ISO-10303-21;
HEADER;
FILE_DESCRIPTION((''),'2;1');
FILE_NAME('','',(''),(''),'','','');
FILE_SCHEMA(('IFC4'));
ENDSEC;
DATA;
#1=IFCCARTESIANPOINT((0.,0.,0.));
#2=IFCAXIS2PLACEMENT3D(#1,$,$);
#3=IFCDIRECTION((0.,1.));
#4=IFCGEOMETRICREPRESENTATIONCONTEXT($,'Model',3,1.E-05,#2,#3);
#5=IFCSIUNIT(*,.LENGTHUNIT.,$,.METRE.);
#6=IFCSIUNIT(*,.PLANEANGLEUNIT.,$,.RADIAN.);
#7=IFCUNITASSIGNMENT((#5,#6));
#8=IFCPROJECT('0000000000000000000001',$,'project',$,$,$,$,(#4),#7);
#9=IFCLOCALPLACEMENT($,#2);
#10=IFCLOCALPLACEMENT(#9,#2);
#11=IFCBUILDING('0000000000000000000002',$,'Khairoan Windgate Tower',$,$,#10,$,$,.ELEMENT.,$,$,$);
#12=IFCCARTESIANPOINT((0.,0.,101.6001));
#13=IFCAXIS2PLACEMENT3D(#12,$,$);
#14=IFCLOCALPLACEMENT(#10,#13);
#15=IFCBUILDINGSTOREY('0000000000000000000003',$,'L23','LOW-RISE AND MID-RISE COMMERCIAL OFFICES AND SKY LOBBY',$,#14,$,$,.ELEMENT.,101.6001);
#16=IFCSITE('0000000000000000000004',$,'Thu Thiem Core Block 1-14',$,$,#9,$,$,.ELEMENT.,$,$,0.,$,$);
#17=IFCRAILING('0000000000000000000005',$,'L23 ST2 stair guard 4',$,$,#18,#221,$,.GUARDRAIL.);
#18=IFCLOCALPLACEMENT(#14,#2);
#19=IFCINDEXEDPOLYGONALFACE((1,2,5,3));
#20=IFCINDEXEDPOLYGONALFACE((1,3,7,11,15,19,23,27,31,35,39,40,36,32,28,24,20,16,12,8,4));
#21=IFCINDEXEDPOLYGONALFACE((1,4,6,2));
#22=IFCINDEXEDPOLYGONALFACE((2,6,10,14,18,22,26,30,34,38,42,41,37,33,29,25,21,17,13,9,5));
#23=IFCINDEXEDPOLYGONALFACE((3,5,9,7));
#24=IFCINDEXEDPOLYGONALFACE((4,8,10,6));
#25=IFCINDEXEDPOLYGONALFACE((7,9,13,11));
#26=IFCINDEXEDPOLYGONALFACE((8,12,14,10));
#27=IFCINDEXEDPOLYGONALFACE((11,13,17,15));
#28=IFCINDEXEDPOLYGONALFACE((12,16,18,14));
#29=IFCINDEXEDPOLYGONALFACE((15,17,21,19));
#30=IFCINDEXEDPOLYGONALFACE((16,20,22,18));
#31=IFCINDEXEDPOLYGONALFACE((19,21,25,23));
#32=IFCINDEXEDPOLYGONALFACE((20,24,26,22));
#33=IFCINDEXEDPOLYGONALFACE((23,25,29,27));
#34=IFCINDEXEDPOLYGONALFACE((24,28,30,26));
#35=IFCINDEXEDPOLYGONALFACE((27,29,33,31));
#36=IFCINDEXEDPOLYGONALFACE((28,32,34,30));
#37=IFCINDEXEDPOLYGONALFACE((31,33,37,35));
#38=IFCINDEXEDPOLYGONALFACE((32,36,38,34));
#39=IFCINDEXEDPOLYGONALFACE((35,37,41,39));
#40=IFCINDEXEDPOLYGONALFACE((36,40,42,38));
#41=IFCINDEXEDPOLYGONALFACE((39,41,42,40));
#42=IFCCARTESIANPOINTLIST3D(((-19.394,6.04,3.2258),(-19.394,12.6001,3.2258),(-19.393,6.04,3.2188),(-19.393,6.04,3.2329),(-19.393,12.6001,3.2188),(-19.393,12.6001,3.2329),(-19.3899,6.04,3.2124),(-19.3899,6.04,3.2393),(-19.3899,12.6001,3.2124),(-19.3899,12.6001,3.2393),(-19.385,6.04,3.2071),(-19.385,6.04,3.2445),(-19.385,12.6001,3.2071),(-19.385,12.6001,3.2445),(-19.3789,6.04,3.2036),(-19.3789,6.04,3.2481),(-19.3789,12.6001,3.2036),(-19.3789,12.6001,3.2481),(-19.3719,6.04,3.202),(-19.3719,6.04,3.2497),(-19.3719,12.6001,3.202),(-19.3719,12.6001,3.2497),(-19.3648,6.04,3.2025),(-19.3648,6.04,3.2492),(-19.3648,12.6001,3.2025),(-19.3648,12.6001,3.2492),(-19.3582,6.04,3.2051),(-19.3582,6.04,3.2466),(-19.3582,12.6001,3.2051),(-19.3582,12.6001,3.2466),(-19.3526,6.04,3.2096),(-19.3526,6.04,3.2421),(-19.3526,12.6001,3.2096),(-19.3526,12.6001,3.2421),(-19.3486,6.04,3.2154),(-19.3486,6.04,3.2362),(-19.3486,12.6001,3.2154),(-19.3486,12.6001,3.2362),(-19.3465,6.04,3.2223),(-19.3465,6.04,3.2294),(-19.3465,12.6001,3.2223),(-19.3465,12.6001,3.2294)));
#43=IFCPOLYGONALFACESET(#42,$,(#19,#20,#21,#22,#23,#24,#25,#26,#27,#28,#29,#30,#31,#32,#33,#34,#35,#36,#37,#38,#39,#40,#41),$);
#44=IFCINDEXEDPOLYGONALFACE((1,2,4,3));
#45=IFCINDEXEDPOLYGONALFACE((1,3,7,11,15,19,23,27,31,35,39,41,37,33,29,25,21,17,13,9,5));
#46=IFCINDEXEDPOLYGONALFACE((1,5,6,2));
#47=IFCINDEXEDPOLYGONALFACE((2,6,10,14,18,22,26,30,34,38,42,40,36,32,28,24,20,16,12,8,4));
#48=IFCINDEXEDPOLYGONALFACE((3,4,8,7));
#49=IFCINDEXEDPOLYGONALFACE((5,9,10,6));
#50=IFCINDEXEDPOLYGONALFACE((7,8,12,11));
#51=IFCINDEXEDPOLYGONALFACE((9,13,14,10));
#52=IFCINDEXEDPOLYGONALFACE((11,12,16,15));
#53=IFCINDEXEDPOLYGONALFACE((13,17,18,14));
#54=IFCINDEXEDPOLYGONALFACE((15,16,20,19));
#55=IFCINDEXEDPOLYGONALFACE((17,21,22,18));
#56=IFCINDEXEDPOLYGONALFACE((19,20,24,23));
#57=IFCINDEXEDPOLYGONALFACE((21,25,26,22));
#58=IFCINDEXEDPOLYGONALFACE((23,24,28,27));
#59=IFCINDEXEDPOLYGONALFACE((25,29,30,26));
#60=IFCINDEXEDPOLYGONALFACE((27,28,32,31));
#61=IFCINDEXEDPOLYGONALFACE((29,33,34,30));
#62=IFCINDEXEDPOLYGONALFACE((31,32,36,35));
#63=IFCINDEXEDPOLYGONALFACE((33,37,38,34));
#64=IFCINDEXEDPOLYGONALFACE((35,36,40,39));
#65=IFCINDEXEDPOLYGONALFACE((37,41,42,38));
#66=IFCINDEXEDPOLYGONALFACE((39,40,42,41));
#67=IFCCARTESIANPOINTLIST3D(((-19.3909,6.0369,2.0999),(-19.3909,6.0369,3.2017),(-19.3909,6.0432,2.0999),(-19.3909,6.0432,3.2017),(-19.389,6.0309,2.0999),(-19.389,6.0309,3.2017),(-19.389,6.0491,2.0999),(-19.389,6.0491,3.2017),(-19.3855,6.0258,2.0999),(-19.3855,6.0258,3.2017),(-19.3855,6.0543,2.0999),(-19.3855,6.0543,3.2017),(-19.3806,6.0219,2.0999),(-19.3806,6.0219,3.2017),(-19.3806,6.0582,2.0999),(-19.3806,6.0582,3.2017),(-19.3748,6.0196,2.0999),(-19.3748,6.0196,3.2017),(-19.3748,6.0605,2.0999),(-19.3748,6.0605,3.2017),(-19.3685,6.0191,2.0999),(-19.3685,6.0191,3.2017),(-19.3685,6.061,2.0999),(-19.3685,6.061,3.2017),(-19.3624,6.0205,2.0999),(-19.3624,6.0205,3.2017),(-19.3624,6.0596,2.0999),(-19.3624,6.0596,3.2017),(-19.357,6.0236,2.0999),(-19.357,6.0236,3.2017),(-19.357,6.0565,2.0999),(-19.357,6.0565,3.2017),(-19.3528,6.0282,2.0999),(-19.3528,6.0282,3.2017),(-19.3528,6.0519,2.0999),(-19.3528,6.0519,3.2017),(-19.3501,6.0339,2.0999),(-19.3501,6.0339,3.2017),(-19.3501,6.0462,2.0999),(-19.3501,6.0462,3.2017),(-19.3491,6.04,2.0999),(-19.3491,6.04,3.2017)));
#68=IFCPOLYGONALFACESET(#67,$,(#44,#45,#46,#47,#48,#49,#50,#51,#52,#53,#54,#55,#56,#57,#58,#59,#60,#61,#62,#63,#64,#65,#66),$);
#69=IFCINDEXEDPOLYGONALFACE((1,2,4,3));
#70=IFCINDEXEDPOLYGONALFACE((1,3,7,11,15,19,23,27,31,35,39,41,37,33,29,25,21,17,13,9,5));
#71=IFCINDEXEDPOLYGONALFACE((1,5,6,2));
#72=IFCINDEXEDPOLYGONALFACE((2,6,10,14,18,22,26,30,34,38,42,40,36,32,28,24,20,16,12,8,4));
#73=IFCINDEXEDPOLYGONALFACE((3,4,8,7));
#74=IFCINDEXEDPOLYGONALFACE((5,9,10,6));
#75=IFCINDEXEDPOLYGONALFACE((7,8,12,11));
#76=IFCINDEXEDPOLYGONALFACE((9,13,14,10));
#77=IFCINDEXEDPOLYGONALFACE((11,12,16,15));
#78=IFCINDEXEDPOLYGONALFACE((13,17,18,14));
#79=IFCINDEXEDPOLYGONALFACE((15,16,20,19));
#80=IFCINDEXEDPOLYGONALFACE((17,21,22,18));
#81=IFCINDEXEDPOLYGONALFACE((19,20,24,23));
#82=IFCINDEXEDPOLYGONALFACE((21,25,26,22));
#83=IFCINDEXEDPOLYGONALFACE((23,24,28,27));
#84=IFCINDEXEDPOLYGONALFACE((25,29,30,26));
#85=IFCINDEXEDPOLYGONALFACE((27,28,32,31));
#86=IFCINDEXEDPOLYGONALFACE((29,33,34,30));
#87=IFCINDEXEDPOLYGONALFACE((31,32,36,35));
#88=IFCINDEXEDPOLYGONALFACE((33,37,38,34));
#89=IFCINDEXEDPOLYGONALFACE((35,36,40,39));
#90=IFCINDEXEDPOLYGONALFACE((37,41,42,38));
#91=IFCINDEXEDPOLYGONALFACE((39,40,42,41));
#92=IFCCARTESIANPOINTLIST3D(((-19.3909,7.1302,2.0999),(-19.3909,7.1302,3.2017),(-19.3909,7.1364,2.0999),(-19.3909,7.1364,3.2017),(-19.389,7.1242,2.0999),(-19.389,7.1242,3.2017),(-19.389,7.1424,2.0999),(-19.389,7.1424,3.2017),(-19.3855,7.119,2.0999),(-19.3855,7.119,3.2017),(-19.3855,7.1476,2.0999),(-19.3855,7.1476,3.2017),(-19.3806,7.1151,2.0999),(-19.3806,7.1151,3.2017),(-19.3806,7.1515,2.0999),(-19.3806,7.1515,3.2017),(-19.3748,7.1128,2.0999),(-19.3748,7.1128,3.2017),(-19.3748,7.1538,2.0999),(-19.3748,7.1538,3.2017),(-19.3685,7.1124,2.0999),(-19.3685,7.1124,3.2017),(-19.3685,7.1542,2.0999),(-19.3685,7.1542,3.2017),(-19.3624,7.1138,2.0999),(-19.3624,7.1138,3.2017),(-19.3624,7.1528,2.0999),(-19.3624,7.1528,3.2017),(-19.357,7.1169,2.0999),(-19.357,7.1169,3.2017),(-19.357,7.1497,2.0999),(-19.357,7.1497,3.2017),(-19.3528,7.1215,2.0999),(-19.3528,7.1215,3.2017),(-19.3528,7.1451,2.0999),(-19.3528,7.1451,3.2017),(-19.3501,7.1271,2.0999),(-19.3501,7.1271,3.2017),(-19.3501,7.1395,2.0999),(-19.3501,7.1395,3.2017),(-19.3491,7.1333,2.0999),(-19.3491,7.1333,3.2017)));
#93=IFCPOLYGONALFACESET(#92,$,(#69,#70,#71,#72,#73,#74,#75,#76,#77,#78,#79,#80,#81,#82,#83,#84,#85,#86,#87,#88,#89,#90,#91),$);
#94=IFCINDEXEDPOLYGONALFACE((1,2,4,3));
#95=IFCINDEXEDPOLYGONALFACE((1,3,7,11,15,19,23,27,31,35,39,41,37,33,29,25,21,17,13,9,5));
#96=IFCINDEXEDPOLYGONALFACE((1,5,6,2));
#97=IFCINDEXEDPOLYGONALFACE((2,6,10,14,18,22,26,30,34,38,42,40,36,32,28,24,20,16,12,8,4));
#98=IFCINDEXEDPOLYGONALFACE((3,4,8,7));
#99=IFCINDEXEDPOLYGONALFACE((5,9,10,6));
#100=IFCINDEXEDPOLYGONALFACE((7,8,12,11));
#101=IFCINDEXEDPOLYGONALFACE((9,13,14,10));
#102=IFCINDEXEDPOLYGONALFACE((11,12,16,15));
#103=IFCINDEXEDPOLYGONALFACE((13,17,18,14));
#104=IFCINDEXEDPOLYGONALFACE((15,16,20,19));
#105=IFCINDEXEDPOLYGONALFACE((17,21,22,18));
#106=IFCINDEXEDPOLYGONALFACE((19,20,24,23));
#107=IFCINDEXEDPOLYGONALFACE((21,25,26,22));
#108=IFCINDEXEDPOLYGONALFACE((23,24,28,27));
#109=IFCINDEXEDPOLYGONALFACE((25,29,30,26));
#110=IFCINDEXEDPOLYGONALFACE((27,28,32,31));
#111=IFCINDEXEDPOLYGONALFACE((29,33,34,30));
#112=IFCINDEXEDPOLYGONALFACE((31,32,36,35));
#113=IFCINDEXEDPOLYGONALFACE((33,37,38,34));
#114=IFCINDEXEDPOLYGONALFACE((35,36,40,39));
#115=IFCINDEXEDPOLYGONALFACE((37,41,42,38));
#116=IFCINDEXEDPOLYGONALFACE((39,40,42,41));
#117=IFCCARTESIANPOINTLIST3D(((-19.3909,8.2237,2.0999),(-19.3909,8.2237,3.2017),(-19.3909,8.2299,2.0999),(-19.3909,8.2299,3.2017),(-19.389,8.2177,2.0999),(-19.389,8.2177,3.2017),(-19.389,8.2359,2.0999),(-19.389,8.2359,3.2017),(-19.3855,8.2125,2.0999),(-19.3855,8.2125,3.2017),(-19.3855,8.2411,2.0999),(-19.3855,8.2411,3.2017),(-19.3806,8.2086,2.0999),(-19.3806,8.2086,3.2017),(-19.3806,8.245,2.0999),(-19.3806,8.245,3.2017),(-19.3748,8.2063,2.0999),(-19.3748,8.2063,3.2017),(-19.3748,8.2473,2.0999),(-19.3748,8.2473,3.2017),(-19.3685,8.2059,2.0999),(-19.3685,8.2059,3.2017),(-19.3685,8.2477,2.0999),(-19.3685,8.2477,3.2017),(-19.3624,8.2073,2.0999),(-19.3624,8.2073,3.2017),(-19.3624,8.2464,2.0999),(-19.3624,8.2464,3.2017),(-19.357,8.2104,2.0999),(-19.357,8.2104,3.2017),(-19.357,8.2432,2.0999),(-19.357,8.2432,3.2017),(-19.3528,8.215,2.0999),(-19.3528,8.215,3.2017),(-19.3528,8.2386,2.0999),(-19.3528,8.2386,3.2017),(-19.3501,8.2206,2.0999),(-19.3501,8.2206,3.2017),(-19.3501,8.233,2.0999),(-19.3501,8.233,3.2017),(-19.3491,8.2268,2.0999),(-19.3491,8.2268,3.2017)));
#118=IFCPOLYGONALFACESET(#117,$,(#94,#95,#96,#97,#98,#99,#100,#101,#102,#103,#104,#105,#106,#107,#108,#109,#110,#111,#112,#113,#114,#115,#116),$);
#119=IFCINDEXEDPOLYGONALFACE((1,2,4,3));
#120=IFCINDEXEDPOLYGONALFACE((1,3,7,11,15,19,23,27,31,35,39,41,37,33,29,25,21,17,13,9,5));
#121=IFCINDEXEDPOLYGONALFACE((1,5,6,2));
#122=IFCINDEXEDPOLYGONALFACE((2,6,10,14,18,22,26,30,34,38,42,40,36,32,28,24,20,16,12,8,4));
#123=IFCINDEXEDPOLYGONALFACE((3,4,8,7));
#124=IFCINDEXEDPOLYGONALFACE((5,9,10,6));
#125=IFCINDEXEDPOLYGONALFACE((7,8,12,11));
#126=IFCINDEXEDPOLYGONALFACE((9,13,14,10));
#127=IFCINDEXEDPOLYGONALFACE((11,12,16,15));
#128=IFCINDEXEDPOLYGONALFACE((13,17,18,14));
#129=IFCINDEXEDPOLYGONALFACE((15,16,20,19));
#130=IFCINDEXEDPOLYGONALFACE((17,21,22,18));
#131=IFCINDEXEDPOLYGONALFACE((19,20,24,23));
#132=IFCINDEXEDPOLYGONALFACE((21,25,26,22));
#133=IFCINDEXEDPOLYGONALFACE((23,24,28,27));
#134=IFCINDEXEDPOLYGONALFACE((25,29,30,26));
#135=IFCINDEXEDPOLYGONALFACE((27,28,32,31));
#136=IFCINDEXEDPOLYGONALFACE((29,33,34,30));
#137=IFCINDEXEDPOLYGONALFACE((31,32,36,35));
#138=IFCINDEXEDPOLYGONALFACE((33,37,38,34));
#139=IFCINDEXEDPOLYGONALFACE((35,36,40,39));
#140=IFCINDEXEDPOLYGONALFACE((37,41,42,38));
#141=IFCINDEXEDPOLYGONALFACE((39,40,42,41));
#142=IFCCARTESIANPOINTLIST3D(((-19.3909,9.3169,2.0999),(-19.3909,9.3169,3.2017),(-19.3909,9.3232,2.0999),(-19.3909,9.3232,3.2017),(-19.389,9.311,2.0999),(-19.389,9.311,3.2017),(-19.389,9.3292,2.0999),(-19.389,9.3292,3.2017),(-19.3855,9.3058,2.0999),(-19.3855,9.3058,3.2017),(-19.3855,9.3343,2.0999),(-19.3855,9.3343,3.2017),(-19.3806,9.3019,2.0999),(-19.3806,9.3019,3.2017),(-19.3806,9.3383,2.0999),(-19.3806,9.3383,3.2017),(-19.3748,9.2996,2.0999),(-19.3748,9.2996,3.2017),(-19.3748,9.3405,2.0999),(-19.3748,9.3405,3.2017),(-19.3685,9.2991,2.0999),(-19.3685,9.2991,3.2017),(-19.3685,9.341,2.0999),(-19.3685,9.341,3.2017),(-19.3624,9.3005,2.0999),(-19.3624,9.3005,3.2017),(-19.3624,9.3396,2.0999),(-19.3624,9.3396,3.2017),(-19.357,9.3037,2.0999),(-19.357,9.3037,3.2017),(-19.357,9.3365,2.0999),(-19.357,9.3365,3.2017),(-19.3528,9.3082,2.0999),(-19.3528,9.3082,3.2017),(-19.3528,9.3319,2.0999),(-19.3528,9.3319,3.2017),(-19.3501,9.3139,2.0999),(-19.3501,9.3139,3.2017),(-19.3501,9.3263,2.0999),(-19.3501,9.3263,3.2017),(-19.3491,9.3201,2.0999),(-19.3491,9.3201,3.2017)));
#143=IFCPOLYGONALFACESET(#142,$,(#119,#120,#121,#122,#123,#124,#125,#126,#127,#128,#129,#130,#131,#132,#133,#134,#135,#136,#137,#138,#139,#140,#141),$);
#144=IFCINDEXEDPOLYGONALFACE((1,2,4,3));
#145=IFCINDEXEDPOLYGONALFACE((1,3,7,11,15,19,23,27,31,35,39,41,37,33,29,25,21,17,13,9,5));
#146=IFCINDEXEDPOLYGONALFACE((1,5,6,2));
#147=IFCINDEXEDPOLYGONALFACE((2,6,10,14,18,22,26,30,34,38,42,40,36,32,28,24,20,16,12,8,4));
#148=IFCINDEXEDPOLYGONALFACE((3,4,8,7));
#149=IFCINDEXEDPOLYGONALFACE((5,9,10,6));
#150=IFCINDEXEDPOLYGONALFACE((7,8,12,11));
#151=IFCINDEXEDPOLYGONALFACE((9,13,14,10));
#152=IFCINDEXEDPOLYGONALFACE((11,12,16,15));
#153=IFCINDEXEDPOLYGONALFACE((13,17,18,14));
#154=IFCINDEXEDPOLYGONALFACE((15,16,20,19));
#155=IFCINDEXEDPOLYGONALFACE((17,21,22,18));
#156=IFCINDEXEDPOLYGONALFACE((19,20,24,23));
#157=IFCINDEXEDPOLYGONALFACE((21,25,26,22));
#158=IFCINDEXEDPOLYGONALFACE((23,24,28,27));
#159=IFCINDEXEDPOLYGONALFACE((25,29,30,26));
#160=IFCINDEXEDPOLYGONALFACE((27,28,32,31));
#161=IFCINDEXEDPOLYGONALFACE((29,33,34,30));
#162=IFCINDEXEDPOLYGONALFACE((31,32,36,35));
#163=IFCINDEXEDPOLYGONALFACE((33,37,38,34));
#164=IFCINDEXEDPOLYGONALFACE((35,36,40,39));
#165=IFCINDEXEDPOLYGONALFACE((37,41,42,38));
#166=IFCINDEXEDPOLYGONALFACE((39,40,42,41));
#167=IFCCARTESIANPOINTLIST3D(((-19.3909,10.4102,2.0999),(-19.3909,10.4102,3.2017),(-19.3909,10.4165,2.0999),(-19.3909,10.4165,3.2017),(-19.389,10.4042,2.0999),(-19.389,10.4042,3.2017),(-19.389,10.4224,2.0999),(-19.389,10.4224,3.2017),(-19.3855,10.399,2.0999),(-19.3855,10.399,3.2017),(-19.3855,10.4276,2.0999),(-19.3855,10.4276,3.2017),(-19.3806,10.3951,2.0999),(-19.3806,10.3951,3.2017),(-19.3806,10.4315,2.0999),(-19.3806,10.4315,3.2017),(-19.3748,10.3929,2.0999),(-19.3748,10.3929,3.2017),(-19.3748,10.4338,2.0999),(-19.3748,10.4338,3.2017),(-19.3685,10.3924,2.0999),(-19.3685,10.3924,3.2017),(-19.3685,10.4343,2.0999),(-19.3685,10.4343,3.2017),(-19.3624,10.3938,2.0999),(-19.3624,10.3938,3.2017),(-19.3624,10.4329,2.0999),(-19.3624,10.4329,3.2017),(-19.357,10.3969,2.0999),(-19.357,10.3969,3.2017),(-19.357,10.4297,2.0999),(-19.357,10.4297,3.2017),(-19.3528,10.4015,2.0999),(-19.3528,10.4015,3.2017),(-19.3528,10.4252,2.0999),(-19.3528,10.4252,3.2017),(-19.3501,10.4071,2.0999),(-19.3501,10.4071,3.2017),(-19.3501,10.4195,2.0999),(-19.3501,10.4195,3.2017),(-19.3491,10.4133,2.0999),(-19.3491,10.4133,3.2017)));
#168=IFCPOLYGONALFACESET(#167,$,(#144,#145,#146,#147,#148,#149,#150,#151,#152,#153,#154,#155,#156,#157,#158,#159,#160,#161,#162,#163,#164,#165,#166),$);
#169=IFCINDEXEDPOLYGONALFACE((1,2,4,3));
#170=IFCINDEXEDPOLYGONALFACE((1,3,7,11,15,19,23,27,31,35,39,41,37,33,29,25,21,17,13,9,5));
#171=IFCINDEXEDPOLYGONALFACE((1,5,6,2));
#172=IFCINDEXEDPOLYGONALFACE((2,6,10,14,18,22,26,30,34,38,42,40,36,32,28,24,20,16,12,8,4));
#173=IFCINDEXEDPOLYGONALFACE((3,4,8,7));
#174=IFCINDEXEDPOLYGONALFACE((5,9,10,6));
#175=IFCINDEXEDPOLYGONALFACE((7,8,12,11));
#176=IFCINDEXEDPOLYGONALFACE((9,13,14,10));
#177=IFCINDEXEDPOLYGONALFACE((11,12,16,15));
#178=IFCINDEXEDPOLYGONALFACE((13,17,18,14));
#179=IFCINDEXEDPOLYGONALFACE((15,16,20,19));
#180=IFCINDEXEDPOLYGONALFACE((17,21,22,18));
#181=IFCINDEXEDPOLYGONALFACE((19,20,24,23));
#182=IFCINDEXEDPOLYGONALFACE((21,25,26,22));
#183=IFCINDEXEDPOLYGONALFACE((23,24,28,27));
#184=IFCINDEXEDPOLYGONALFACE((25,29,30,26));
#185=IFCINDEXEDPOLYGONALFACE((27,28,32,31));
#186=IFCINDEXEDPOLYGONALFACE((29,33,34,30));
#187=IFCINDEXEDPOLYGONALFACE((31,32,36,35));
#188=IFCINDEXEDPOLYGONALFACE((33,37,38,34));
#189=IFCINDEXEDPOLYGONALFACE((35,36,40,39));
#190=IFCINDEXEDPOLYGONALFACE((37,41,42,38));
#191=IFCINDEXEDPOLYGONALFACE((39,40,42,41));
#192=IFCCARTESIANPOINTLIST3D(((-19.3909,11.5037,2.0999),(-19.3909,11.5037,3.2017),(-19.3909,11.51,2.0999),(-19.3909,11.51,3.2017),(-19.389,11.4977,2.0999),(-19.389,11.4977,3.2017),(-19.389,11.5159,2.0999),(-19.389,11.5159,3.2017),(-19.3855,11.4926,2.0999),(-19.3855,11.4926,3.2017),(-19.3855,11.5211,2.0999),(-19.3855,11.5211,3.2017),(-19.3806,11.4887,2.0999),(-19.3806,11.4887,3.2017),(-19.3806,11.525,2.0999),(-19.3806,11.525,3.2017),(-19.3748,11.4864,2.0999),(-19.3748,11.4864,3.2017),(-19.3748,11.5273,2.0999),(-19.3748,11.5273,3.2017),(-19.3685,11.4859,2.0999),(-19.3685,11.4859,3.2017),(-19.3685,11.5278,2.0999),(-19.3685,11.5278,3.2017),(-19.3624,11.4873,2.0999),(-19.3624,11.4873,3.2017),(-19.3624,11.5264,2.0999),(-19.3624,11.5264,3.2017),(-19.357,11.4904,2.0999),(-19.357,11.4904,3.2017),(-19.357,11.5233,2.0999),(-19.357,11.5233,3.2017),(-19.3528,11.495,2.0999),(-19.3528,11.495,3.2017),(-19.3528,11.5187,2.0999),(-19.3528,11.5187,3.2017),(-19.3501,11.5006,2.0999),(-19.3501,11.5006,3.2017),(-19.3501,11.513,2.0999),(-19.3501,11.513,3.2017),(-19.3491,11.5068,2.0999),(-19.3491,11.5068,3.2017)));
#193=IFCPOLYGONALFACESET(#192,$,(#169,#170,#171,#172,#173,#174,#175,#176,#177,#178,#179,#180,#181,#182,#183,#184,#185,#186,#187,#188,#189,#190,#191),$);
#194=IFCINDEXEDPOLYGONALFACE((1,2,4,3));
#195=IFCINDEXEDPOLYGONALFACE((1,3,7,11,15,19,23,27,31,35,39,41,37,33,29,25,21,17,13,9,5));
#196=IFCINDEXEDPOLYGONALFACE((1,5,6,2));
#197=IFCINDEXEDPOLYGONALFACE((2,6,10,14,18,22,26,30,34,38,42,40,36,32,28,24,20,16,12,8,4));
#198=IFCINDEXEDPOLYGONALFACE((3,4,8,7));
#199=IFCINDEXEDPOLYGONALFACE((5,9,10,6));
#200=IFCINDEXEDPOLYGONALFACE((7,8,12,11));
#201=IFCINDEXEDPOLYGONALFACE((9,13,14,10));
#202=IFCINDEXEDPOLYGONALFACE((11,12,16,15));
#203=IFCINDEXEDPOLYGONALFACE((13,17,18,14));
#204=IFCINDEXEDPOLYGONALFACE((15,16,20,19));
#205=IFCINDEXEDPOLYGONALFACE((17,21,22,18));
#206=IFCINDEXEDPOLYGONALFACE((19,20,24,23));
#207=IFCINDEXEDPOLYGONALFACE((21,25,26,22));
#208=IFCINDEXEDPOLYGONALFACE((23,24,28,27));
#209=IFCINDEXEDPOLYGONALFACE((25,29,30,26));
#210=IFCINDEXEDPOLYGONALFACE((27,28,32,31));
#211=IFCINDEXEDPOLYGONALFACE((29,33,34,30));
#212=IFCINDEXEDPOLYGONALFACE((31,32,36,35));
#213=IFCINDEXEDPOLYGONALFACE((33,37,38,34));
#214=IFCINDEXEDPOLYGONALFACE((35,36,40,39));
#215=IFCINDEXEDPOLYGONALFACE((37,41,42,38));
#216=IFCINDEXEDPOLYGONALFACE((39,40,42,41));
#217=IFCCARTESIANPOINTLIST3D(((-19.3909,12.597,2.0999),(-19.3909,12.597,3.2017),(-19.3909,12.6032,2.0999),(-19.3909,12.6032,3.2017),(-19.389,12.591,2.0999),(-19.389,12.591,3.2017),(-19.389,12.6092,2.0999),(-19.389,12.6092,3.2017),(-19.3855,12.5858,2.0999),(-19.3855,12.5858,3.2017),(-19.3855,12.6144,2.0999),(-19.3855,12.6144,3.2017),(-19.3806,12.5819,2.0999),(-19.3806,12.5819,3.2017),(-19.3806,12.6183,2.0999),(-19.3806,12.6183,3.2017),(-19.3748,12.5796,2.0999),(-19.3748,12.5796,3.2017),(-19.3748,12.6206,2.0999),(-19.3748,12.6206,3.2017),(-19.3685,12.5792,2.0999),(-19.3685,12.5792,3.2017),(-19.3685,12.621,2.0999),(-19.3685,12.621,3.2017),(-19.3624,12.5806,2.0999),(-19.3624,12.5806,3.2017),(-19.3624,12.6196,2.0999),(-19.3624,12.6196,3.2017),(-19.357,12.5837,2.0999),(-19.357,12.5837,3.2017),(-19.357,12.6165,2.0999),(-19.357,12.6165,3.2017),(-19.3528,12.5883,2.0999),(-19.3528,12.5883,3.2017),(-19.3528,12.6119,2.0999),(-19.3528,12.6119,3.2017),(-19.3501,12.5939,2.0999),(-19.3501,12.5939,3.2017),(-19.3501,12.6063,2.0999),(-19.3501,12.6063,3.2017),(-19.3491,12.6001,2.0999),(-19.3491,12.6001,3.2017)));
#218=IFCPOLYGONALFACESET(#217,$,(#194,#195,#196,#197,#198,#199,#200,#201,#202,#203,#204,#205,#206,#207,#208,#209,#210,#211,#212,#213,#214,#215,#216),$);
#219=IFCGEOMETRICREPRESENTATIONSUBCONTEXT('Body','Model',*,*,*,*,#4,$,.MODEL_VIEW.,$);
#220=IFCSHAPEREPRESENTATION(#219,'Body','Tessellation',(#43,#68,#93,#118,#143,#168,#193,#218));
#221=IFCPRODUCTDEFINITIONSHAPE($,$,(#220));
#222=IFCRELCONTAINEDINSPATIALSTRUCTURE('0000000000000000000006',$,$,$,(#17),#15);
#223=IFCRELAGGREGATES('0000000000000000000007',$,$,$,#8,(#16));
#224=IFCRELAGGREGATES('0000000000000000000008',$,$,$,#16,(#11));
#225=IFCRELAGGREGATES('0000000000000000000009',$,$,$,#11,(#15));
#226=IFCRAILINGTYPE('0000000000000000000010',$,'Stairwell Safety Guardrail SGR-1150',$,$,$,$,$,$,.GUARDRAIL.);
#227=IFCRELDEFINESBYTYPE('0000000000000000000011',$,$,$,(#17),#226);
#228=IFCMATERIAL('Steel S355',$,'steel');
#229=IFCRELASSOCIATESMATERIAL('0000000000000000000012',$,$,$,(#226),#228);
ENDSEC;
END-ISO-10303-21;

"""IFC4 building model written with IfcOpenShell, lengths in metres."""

from ifc_helpers import new_model, si_unit, direction, frame, origin, origin_2d, place, context, subcontext, project, spatial, circle, extrude, material, type_object, element, save


model = new_model("IFC4")

# Units and contexts
model_context = context("Model", 3, precision=1e-05, world=origin(), true_north=direction((0.0, 1.0)))
body_context = subcontext(model_context, "Body", "Model", "MODEL_VIEW")
ifc_project = project(units=[si_unit("LENGTHUNIT", "METRE"), si_unit("PLANEANGLEUNIT", "RADIAN")], contexts=[model_context])

# Site, building, storey
site_placement = place(None, origin())
site = spatial("IfcSite", under=ifc_project, at=site_placement, Name="Thu Thiem Core Block 1-14", CompositionType="ELEMENT", RefElevation=0.0)
building_placement = place(site_placement, origin())
building = spatial("IfcBuilding", under=site, at=building_placement, Name="Khairoan Windgate Tower", CompositionType="ELEMENT")
storey_placement = place(building_placement, frame((0.0, 0.0, 101.6001)))
storey = spatial("IfcBuildingStorey", under=building, at=storey_placement, Name="L23", Description="LOW-RISE AND MID-RISE COMMERCIAL OFFICES AND SKY LOBBY", CompositionType="ELEMENT", Elevation=101.6001)

# Railing
ifc_material_1 = material(Name="Steel S355", Category="steel")
railing_type_1 = type_object("IfcRailingType", Name="Stairwell Safety Guardrail SGR-1150", PredefinedType="GUARDRAIL", material=ifc_material_1)
railing_1_placement = place(storey_placement, frame((-19.3701, 6.04, 2.0999)))
element("IfcRailing", 1, at=railing_1_placement, inside=storey, type_object=railing_type_1, Name="L23 ST2 stair guard 4", PredefinedType="GUARDRAIL", context=body_context, shape_type="SweptSolid", body=[
    extrude(circle(Radius=0.0239, at=origin_2d()), frame((0.0, 0.0, 1.126), z_axis=(0.0, 1.0, 0.0), x_axis=(-1.0, 0.0, 0.0)), (0.0, 0.0, 1.0), 6.5601),
    extrude(circle(Radius=0.021, at=origin_2d()), origin(), (0.0, 0.0, 1.0), 1.1018),
    extrude(circle(Radius=0.021, at=origin_2d()), frame((0.0, 1.0933, 0.0)), (0.0, 0.0, 1.0), 1.1018),
    extrude(circle(Radius=0.021, at=origin_2d()), frame((0.0, 2.1868, 0.0)), (0.0, 0.0, 1.0), 1.1018),
    extrude(circle(Radius=0.021, at=origin_2d()), frame((0.0, 3.28, 0.0)), (0.0, 0.0, 1.0), 1.1018),
    extrude(circle(Radius=0.021, at=origin_2d()), frame((0.0, 4.3733, 0.0)), (0.0, 0.0, 1.0), 1.1018),
    extrude(circle(Radius=0.021, at=origin_2d()), frame((0.0, 5.4668, 0.0)), (0.0, 0.0, 1.0), 1.1018),
    extrude(circle(Radius=0.021, at=origin_2d()), frame((0.0, 6.5601, 0.0)), (0.0, 0.0, 1.0), 1.1018),
])

save(model, "model.ifc")
